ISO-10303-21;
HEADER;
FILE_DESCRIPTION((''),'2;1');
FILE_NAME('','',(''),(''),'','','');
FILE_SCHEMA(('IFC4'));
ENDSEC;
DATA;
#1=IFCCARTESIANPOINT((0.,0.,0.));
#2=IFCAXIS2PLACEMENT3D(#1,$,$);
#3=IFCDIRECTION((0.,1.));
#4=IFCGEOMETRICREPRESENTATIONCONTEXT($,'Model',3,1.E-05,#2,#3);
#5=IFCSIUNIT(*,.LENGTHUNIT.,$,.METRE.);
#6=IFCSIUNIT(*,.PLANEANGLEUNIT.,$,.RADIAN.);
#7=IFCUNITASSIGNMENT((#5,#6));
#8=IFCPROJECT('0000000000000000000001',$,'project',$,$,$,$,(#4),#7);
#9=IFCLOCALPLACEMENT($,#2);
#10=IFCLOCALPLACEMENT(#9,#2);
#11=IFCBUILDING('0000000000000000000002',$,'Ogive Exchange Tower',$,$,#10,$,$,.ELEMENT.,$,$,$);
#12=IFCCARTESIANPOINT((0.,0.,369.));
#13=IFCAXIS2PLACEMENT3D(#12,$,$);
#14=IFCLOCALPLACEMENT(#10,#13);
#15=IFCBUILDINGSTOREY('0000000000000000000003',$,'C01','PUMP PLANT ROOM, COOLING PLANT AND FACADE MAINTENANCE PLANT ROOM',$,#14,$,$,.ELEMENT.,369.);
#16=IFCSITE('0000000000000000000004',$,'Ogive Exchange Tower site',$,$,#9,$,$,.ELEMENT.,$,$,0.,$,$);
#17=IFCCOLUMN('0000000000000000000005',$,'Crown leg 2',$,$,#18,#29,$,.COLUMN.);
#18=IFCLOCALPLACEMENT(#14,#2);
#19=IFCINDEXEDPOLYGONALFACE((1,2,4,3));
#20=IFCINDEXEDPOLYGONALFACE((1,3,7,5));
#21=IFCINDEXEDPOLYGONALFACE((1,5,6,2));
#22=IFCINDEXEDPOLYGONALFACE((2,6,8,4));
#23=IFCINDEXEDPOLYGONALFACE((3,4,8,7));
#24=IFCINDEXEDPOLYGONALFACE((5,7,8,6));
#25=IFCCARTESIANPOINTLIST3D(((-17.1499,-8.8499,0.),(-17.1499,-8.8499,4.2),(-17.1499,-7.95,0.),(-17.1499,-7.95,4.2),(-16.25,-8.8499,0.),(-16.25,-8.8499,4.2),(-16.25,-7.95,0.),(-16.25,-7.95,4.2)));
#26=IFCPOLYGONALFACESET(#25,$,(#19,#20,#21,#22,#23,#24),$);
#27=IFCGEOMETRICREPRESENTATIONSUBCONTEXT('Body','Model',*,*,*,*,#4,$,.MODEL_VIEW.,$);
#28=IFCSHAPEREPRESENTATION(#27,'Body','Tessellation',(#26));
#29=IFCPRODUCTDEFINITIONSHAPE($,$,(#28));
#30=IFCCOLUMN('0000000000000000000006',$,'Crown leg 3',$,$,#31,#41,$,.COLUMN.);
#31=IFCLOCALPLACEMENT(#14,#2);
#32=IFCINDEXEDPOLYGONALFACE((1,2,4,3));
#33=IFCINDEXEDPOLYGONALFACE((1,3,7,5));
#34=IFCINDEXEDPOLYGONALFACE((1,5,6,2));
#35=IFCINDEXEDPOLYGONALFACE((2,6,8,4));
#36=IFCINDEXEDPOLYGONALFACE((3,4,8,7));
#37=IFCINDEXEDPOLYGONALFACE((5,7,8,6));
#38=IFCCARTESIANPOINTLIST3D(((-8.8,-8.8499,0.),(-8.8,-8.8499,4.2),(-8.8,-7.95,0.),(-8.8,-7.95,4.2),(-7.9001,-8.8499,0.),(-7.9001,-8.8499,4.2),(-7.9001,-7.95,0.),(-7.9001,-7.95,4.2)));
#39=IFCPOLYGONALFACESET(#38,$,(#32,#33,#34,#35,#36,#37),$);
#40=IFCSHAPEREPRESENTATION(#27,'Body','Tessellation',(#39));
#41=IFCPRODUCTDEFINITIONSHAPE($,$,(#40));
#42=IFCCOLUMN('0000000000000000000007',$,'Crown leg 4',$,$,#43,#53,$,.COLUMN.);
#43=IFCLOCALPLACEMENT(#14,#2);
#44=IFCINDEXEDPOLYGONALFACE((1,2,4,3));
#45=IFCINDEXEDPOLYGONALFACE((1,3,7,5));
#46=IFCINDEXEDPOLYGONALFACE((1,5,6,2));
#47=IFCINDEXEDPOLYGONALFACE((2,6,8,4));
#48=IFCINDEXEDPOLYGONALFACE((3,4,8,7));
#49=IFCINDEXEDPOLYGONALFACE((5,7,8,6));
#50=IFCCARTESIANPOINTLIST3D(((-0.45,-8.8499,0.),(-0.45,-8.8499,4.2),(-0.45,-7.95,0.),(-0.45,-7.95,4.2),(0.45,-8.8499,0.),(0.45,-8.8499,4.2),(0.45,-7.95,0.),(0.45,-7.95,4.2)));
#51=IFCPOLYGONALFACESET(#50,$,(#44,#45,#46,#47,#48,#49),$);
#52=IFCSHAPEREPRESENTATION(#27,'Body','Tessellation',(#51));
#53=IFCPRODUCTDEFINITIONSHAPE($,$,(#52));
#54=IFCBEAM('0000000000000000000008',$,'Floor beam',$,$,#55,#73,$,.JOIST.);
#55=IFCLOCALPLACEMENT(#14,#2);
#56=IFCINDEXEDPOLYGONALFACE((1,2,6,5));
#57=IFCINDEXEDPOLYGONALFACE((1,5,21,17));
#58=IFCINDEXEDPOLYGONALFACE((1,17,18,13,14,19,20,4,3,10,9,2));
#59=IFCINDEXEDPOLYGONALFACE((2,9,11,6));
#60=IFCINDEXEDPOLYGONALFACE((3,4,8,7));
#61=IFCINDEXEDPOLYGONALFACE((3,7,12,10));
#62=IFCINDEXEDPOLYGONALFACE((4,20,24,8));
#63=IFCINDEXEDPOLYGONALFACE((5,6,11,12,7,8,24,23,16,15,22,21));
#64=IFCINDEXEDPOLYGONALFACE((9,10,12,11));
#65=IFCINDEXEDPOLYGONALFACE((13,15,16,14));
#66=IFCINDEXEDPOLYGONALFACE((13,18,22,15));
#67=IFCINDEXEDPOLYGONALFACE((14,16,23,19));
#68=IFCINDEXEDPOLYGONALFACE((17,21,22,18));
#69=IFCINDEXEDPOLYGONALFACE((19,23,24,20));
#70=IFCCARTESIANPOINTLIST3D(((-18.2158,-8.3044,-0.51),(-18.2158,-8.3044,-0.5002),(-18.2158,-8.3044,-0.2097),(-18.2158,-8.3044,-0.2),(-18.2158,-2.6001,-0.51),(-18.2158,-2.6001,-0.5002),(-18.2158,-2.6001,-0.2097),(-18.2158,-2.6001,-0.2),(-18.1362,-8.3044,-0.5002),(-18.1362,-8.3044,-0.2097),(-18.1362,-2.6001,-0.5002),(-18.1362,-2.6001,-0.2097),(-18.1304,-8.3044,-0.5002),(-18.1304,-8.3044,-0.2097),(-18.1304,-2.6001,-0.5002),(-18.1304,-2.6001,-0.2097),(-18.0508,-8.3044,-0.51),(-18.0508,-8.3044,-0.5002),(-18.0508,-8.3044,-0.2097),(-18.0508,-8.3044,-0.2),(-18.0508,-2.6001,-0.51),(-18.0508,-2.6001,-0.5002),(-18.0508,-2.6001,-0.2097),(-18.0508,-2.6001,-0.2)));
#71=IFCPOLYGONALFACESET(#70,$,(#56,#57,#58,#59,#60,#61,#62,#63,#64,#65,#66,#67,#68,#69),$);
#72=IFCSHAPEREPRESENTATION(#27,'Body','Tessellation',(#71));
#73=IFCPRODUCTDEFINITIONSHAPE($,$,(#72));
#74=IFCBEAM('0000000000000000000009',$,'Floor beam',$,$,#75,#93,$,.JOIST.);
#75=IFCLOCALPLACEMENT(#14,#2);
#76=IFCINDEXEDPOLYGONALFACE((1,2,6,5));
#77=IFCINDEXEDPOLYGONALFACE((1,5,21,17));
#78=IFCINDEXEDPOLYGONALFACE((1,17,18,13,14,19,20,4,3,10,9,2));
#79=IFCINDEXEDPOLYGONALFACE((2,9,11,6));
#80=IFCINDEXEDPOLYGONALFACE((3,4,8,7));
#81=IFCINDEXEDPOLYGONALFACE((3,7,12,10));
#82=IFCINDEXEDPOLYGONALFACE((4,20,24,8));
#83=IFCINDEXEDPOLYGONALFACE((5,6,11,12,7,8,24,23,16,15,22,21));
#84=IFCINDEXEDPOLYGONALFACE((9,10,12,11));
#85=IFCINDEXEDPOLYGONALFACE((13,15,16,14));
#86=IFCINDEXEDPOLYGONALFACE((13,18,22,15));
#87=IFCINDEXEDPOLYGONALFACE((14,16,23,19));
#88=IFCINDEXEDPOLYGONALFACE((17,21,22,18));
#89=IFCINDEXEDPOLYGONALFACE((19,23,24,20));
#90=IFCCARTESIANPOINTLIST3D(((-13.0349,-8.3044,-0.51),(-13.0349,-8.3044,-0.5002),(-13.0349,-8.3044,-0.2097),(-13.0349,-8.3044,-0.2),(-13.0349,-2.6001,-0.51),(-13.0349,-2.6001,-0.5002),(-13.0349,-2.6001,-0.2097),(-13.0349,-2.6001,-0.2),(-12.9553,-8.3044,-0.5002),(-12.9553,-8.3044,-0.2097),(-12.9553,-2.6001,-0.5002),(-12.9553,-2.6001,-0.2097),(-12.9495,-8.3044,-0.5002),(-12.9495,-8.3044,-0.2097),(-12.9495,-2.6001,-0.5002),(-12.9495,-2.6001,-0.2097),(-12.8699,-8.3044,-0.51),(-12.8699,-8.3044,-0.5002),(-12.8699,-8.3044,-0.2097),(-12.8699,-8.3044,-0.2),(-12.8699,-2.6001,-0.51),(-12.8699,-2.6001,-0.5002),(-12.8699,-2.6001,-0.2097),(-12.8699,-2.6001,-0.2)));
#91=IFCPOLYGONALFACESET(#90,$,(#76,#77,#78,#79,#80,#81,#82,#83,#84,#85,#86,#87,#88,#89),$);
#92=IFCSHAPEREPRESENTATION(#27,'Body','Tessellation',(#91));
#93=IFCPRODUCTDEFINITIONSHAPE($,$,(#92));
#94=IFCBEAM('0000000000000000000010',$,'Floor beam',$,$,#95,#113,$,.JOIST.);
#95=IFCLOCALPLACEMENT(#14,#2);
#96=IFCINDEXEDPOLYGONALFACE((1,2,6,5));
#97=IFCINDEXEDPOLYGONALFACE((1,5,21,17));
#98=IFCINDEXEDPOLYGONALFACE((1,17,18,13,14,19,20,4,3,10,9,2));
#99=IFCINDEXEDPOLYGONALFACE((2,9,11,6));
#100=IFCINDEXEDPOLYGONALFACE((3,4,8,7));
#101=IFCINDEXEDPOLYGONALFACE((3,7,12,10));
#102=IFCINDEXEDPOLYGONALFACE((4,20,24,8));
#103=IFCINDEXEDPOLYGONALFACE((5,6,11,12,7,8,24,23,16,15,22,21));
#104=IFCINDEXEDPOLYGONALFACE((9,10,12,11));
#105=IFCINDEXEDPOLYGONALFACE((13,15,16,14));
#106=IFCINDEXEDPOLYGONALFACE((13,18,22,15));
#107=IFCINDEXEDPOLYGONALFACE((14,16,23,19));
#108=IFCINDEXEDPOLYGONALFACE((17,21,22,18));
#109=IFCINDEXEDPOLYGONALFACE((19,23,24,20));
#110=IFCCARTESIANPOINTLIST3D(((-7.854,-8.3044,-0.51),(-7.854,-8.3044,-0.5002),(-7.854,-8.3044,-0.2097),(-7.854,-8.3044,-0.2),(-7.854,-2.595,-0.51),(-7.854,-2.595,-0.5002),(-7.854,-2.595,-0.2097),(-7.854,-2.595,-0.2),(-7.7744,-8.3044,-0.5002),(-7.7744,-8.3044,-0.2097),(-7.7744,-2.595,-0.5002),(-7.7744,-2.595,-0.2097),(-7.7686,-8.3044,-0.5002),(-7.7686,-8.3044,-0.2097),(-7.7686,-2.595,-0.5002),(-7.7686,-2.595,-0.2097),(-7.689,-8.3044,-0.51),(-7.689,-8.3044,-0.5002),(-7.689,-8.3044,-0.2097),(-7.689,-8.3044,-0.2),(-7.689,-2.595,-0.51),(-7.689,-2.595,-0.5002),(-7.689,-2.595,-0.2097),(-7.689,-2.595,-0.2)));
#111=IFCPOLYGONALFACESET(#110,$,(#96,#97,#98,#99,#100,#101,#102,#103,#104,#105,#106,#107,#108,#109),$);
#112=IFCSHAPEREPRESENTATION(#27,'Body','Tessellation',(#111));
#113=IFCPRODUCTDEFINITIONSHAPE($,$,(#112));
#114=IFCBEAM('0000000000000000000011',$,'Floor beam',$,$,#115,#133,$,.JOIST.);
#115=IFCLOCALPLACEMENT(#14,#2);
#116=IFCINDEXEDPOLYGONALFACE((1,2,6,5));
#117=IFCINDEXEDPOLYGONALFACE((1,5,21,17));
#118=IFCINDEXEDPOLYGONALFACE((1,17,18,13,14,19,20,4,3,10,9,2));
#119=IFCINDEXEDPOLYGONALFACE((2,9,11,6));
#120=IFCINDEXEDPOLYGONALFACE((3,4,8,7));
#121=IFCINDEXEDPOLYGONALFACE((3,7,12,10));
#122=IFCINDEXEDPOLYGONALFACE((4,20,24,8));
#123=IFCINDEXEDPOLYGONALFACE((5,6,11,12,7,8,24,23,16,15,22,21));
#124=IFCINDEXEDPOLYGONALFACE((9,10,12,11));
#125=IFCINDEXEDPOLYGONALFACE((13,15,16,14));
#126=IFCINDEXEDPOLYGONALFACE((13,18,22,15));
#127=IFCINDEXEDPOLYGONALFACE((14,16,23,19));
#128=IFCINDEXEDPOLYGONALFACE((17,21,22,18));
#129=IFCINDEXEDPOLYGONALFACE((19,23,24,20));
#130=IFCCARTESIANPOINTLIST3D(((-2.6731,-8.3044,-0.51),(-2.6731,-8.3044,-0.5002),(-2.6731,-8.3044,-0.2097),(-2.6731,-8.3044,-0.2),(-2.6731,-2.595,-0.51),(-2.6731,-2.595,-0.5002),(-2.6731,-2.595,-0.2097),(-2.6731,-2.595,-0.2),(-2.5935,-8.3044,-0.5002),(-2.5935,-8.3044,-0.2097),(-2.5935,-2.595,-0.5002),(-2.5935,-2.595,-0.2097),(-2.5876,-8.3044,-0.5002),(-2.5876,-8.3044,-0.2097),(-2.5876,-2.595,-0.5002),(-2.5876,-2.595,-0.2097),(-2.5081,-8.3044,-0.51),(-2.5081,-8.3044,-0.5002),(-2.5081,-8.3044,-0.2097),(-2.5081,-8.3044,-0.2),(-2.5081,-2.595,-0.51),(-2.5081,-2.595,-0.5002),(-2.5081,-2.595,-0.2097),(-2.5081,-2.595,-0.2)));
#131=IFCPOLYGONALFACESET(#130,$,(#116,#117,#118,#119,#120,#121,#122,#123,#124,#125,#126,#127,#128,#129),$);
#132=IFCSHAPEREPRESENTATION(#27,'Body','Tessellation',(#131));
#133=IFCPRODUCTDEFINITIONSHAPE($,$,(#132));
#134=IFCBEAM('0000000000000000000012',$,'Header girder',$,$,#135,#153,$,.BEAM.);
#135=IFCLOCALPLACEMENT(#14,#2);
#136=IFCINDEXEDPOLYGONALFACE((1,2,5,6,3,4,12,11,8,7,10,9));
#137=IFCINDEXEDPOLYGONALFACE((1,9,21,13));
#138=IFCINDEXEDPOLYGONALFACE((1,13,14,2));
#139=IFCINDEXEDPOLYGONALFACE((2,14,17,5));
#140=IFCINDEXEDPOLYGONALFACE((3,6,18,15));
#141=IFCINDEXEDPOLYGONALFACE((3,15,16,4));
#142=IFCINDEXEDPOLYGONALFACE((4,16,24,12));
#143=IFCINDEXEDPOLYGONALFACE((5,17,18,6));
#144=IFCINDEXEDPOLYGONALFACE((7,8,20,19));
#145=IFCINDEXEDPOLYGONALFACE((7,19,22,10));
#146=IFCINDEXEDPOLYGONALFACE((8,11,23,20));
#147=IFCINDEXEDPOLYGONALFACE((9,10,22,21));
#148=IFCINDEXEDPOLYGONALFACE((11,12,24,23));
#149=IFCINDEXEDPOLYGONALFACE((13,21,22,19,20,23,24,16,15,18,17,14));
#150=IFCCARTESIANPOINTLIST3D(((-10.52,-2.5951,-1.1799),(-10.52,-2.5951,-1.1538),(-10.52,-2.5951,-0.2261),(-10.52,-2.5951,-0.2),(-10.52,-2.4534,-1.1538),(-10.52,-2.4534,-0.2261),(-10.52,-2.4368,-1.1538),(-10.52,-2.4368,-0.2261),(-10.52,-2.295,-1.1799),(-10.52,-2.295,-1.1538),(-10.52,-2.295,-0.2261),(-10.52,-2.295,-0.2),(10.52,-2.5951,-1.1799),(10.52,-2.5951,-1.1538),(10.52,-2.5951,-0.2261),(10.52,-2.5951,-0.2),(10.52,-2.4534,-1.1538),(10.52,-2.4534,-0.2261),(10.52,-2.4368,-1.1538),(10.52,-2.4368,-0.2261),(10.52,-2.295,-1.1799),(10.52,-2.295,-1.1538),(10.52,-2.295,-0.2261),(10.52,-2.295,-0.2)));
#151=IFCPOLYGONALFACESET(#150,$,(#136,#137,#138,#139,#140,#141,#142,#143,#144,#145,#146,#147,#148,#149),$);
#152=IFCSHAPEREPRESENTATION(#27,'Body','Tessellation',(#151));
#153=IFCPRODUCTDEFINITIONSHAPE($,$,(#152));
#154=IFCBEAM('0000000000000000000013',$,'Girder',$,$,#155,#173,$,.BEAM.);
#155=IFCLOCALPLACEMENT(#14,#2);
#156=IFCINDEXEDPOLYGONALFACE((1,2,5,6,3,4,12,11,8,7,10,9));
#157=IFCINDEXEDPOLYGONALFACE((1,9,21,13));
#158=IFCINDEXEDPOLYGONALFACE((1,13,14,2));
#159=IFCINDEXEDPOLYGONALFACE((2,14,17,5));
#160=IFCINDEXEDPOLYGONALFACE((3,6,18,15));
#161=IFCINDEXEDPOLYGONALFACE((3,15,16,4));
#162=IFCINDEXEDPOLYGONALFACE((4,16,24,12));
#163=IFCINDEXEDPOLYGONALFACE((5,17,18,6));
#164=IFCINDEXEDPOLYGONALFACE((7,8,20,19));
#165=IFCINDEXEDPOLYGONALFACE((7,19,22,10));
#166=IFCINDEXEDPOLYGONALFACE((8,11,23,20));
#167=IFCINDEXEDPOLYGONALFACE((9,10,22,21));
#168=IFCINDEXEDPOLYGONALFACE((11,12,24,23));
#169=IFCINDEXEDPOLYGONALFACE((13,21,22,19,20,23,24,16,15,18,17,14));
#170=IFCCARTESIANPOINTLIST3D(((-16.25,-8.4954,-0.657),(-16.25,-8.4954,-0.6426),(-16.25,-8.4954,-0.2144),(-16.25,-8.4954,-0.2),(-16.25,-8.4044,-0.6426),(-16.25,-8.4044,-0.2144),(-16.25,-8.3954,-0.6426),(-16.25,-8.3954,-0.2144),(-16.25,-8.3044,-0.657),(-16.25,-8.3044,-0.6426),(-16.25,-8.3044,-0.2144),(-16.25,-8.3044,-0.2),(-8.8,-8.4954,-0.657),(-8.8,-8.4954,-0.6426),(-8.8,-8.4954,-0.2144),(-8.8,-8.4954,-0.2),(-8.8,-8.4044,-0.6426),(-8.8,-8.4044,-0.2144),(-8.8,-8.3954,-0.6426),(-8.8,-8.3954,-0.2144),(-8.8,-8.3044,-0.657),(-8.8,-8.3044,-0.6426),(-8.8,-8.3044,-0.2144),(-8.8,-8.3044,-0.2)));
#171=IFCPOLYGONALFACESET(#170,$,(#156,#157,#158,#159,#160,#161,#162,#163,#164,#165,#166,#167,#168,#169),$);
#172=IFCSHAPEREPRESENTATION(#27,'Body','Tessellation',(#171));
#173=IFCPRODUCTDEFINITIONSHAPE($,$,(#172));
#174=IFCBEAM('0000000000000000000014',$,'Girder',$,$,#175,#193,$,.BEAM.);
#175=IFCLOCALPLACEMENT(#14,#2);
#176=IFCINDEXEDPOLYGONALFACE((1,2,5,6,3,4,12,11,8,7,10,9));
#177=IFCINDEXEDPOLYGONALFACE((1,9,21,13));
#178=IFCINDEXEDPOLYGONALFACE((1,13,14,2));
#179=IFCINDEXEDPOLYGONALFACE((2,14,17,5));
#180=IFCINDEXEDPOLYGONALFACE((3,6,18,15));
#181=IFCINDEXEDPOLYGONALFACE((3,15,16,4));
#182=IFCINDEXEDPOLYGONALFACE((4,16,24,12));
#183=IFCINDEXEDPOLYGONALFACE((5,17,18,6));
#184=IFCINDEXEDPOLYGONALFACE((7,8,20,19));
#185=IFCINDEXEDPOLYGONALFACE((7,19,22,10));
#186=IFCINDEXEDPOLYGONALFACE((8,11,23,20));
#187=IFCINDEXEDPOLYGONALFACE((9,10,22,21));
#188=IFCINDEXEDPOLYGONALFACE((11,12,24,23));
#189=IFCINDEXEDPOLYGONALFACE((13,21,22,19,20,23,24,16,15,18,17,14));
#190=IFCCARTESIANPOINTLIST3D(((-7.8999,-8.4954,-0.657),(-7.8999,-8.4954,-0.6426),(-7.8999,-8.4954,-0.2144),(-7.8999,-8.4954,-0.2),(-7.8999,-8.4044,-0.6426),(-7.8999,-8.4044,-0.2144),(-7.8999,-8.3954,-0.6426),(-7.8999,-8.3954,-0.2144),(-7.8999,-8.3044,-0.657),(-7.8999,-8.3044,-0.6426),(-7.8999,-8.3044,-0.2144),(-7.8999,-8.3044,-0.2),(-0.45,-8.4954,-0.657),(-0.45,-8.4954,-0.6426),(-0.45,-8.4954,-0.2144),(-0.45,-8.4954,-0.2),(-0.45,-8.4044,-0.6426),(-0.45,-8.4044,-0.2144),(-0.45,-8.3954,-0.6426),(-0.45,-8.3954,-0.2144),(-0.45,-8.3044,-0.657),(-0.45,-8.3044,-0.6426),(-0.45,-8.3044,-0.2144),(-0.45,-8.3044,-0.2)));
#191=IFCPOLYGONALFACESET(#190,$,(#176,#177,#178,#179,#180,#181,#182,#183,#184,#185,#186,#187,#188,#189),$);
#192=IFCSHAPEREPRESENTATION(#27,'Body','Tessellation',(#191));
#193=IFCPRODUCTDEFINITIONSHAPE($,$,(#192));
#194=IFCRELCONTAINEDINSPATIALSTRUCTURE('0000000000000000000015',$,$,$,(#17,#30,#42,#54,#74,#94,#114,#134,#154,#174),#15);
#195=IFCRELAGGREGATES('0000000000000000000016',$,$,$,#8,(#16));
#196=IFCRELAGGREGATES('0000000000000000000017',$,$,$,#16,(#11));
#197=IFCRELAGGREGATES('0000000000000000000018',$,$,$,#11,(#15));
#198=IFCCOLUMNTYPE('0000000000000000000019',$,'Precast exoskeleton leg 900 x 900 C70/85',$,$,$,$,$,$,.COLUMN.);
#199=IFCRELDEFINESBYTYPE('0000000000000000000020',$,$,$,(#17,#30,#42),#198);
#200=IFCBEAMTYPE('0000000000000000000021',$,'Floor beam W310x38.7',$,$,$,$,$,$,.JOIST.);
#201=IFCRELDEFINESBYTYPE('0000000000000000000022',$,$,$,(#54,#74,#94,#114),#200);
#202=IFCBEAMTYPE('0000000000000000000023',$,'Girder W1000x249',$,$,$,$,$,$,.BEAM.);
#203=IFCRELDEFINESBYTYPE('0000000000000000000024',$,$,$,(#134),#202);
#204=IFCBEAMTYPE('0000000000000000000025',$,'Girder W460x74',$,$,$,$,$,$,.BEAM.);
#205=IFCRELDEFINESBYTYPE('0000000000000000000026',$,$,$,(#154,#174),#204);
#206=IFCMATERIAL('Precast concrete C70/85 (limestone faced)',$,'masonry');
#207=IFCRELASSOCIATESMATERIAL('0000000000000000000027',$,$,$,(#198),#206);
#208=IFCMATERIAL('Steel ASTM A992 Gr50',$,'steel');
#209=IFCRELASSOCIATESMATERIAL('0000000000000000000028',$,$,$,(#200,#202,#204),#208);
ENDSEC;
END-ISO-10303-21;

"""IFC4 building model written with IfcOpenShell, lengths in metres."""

from ifc_helpers import new_model, si_unit, direction, frame, origin, origin_2d, place, context, subcontext, project, spatial, rectangle, i_section, extrude, material, material_profile, profile_set, type_object, element, save


model = new_model("IFC4")

# Units and contexts
model_context = context("Model", 3, precision=1e-05, world=origin(), true_north=direction((0.0, 1.0)))
body_context = subcontext(model_context, "Body", "Model", "MODEL_VIEW")
ifc_project = project(units=[si_unit("LENGTHUNIT", "METRE"), si_unit("PLANEANGLEUNIT", "RADIAN")], contexts=[model_context])

# Site, building, storey
site_placement = place(None, origin())
site = spatial("IfcSite", under=ifc_project, at=site_placement, Name="Ogive Exchange Tower site", CompositionType="ELEMENT", RefElevation=0.0)
building_placement = place(site_placement, origin())
building = spatial("IfcBuilding", under=site, at=building_placement, Name="Ogive Exchange Tower", CompositionType="ELEMENT")
storey_placement = place(building_placement, frame((0.0, 0.0, 369.0)))
storey = spatial("IfcBuildingStorey", under=building, at=storey_placement, Name="C01", Description="PUMP PLANT ROOM, COOLING PLANT AND FACADE MAINTENANCE PLANT ROOM", CompositionType="ELEMENT", Elevation=369.0)

# Columns
ifc_material_1 = material(Name="Precast concrete C70/85 (limestone faced)", Category="masonry")
ifc_material_profile_1 = material_profile(ifc_material_1, rectangle(XDim=0.8999, YDim=0.8999, at=origin_2d()), Name="900 x 900")
ifc_profile_set_1 = profile_set([ifc_material_profile_1], Name="Precast concrete C70/85 (limestone faced)")
column_type = type_object("IfcColumnType", Name="Precast exoskeleton leg 900 x 900 C70/85", PredefinedType="COLUMN", material=ifc_profile_set_1)
for number, where, z_axis, x_axis, name in (
    (1, (-16.7, -8.3999, 0.0), (0.0, 0.0, 1.0), (1.0, 0.0, 0.0), "Crown leg 2"),
    (2, (-8.3501, -8.3999, 0.0), (0.0, 0.0, 1.0), (1.0, 0.0, 0.0), "Crown leg 3"),
    (3, (0.0, -8.3999, 0.0), (0.0, 0.0, 1.0), (1.0, 0.0, 0.0), "Crown leg 4"),
):
    element("IfcColumn", number, at=place(storey_placement, frame(where, z_axis=z_axis, x_axis=x_axis)), inside=storey, type_object=column_type, Name=name, PredefinedType="COLUMN", context=body_context, shape_type="SweptSolid", body=[
        extrude(rectangle(XDim=0.8999, YDim=0.8999, at=origin_2d()), origin(), (0.0, 0.0, 1.0), 4.2),
    ])

# Beams
ifc_material_2 = material(Name="Steel ASTM A992 Gr50", Category="steel")
ifc_material_profile_2 = material_profile(ifc_material_2, i_section(OverallWidth=0.165, OverallDepth=0.3101, WebThickness=0.0059, FlangeThickness=0.0098, at=origin_2d()), Name="W310x38.7")
ifc_profile_set_2 = profile_set([ifc_material_profile_2], Name="Steel ASTM A992 Gr50")
beam_type_1 = type_object("IfcBeamType", Name="Floor beam W310x38.7", PredefinedType="JOIST", material=ifc_profile_set_2)
for number, where, z_axis, x_axis, name in (
    (4, (-18.1333, -8.3044, -0.355), (0.0, 1.0, 0.0), (-1.0, 0.0, 0.0), "Floor beam"),
    (5, (-12.9524, -8.3044, -0.355), (0.0, 1.0, 0.0), (-1.0, 0.0, 0.0), "Floor beam"),
):
    element("IfcBeam", number, at=place(storey_placement, frame(where, z_axis=z_axis, x_axis=x_axis)), inside=storey, type_object=beam_type_1, Name=name, PredefinedType="JOIST", context=body_context, shape_type="SweptSolid", body=[
        extrude(i_section(OverallWidth=0.165, OverallDepth=0.3101, WebThickness=0.0059, FlangeThickness=0.0098, at=origin_2d()), origin(), (0.0, 0.0, 1.0), 5.7043),
    ])
for number, where, z_axis, x_axis, name in (
    (6, (-7.7715, -8.3044, -0.355), (0.0, 1.0, 0.0), (-1.0, 0.0, 0.0), "Floor beam"),
    (7, (-2.5906, -8.3044, -0.355), (0.0, 1.0, 0.0), (-1.0, 0.0, 0.0), "Floor beam"),
):
    element("IfcBeam", number, at=place(storey_placement, frame(where, z_axis=z_axis, x_axis=x_axis)), inside=storey, type_object=beam_type_1, Name=name, PredefinedType="JOIST", context=body_context, shape_type="SweptSolid", body=[
        extrude(i_section(OverallWidth=0.165, OverallDepth=0.3101, WebThickness=0.0059, FlangeThickness=0.0098, at=origin_2d()), origin(), (0.0, 0.0, 1.0), 5.7095),
    ])
ifc_material_profile_3 = material_profile(ifc_material_2, i_section(OverallWidth=0.3, OverallDepth=0.98, WebThickness=0.0166, FlangeThickness=0.0261, at=origin_2d()), Name="W1000x249")
ifc_profile_set_3 = profile_set([ifc_material_profile_3], Name="Steel ASTM A992 Gr50")
beam_type_2 = type_object("IfcBeamType", Name="Girder W1000x249", PredefinedType="BEAM", material=ifc_profile_set_3)
beam_placement = place(storey_placement, frame((-10.52, -2.4451, -0.6899), z_axis=(1.0, 0.0, 0.0), x_axis=(0.0, 1.0, 0.0)))
element("IfcBeam", 8, at=beam_placement, inside=storey, type_object=beam_type_2, Name="Header girder", PredefinedType="BEAM", context=body_context, shape_type="SweptSolid", body=[
    extrude(i_section(OverallWidth=0.3, OverallDepth=0.98, WebThickness=0.0166, FlangeThickness=0.0261, at=origin_2d()), origin(), (0.0, 0.0, 1.0), 21.04),
])
ifc_material_profile_4 = material_profile(ifc_material_2, i_section(OverallWidth=0.1909, OverallDepth=0.457, WebThickness=0.009, FlangeThickness=0.0144, at=origin_2d()), Name="W460x74")
ifc_profile_set_4 = profile_set([ifc_material_profile_4], Name="Steel ASTM A992 Gr50")
beam_type_3 = type_object("IfcBeamType", Name="Girder W460x74", PredefinedType="BEAM", material=ifc_profile_set_4)
for number, where, z_axis, x_axis, name in (
    (9, (-16.25, -8.3999, -0.4285), (1.0, 0.0, 0.0), (0.0, 1.0, 0.0), "Girder"),
    (10, (-7.8999, -8.3999, -0.4285), (1.0, 0.0, 0.0), (0.0, 1.0, 0.0), "Girder"),
):
    element("IfcBeam", number, at=place(storey_placement, frame(where, z_axis=z_axis, x_axis=x_axis)), inside=storey, type_object=beam_type_3, Name=name, PredefinedType="BEAM", context=body_context, shape_type="SweptSolid", body=[
        extrude(i_section(OverallWidth=0.1909, OverallDepth=0.457, WebThickness=0.009, FlangeThickness=0.0144, at=origin_2d()), origin(), (0.0, 0.0, 1.0), 7.45),
    ])

save(model, "model.ifc")
